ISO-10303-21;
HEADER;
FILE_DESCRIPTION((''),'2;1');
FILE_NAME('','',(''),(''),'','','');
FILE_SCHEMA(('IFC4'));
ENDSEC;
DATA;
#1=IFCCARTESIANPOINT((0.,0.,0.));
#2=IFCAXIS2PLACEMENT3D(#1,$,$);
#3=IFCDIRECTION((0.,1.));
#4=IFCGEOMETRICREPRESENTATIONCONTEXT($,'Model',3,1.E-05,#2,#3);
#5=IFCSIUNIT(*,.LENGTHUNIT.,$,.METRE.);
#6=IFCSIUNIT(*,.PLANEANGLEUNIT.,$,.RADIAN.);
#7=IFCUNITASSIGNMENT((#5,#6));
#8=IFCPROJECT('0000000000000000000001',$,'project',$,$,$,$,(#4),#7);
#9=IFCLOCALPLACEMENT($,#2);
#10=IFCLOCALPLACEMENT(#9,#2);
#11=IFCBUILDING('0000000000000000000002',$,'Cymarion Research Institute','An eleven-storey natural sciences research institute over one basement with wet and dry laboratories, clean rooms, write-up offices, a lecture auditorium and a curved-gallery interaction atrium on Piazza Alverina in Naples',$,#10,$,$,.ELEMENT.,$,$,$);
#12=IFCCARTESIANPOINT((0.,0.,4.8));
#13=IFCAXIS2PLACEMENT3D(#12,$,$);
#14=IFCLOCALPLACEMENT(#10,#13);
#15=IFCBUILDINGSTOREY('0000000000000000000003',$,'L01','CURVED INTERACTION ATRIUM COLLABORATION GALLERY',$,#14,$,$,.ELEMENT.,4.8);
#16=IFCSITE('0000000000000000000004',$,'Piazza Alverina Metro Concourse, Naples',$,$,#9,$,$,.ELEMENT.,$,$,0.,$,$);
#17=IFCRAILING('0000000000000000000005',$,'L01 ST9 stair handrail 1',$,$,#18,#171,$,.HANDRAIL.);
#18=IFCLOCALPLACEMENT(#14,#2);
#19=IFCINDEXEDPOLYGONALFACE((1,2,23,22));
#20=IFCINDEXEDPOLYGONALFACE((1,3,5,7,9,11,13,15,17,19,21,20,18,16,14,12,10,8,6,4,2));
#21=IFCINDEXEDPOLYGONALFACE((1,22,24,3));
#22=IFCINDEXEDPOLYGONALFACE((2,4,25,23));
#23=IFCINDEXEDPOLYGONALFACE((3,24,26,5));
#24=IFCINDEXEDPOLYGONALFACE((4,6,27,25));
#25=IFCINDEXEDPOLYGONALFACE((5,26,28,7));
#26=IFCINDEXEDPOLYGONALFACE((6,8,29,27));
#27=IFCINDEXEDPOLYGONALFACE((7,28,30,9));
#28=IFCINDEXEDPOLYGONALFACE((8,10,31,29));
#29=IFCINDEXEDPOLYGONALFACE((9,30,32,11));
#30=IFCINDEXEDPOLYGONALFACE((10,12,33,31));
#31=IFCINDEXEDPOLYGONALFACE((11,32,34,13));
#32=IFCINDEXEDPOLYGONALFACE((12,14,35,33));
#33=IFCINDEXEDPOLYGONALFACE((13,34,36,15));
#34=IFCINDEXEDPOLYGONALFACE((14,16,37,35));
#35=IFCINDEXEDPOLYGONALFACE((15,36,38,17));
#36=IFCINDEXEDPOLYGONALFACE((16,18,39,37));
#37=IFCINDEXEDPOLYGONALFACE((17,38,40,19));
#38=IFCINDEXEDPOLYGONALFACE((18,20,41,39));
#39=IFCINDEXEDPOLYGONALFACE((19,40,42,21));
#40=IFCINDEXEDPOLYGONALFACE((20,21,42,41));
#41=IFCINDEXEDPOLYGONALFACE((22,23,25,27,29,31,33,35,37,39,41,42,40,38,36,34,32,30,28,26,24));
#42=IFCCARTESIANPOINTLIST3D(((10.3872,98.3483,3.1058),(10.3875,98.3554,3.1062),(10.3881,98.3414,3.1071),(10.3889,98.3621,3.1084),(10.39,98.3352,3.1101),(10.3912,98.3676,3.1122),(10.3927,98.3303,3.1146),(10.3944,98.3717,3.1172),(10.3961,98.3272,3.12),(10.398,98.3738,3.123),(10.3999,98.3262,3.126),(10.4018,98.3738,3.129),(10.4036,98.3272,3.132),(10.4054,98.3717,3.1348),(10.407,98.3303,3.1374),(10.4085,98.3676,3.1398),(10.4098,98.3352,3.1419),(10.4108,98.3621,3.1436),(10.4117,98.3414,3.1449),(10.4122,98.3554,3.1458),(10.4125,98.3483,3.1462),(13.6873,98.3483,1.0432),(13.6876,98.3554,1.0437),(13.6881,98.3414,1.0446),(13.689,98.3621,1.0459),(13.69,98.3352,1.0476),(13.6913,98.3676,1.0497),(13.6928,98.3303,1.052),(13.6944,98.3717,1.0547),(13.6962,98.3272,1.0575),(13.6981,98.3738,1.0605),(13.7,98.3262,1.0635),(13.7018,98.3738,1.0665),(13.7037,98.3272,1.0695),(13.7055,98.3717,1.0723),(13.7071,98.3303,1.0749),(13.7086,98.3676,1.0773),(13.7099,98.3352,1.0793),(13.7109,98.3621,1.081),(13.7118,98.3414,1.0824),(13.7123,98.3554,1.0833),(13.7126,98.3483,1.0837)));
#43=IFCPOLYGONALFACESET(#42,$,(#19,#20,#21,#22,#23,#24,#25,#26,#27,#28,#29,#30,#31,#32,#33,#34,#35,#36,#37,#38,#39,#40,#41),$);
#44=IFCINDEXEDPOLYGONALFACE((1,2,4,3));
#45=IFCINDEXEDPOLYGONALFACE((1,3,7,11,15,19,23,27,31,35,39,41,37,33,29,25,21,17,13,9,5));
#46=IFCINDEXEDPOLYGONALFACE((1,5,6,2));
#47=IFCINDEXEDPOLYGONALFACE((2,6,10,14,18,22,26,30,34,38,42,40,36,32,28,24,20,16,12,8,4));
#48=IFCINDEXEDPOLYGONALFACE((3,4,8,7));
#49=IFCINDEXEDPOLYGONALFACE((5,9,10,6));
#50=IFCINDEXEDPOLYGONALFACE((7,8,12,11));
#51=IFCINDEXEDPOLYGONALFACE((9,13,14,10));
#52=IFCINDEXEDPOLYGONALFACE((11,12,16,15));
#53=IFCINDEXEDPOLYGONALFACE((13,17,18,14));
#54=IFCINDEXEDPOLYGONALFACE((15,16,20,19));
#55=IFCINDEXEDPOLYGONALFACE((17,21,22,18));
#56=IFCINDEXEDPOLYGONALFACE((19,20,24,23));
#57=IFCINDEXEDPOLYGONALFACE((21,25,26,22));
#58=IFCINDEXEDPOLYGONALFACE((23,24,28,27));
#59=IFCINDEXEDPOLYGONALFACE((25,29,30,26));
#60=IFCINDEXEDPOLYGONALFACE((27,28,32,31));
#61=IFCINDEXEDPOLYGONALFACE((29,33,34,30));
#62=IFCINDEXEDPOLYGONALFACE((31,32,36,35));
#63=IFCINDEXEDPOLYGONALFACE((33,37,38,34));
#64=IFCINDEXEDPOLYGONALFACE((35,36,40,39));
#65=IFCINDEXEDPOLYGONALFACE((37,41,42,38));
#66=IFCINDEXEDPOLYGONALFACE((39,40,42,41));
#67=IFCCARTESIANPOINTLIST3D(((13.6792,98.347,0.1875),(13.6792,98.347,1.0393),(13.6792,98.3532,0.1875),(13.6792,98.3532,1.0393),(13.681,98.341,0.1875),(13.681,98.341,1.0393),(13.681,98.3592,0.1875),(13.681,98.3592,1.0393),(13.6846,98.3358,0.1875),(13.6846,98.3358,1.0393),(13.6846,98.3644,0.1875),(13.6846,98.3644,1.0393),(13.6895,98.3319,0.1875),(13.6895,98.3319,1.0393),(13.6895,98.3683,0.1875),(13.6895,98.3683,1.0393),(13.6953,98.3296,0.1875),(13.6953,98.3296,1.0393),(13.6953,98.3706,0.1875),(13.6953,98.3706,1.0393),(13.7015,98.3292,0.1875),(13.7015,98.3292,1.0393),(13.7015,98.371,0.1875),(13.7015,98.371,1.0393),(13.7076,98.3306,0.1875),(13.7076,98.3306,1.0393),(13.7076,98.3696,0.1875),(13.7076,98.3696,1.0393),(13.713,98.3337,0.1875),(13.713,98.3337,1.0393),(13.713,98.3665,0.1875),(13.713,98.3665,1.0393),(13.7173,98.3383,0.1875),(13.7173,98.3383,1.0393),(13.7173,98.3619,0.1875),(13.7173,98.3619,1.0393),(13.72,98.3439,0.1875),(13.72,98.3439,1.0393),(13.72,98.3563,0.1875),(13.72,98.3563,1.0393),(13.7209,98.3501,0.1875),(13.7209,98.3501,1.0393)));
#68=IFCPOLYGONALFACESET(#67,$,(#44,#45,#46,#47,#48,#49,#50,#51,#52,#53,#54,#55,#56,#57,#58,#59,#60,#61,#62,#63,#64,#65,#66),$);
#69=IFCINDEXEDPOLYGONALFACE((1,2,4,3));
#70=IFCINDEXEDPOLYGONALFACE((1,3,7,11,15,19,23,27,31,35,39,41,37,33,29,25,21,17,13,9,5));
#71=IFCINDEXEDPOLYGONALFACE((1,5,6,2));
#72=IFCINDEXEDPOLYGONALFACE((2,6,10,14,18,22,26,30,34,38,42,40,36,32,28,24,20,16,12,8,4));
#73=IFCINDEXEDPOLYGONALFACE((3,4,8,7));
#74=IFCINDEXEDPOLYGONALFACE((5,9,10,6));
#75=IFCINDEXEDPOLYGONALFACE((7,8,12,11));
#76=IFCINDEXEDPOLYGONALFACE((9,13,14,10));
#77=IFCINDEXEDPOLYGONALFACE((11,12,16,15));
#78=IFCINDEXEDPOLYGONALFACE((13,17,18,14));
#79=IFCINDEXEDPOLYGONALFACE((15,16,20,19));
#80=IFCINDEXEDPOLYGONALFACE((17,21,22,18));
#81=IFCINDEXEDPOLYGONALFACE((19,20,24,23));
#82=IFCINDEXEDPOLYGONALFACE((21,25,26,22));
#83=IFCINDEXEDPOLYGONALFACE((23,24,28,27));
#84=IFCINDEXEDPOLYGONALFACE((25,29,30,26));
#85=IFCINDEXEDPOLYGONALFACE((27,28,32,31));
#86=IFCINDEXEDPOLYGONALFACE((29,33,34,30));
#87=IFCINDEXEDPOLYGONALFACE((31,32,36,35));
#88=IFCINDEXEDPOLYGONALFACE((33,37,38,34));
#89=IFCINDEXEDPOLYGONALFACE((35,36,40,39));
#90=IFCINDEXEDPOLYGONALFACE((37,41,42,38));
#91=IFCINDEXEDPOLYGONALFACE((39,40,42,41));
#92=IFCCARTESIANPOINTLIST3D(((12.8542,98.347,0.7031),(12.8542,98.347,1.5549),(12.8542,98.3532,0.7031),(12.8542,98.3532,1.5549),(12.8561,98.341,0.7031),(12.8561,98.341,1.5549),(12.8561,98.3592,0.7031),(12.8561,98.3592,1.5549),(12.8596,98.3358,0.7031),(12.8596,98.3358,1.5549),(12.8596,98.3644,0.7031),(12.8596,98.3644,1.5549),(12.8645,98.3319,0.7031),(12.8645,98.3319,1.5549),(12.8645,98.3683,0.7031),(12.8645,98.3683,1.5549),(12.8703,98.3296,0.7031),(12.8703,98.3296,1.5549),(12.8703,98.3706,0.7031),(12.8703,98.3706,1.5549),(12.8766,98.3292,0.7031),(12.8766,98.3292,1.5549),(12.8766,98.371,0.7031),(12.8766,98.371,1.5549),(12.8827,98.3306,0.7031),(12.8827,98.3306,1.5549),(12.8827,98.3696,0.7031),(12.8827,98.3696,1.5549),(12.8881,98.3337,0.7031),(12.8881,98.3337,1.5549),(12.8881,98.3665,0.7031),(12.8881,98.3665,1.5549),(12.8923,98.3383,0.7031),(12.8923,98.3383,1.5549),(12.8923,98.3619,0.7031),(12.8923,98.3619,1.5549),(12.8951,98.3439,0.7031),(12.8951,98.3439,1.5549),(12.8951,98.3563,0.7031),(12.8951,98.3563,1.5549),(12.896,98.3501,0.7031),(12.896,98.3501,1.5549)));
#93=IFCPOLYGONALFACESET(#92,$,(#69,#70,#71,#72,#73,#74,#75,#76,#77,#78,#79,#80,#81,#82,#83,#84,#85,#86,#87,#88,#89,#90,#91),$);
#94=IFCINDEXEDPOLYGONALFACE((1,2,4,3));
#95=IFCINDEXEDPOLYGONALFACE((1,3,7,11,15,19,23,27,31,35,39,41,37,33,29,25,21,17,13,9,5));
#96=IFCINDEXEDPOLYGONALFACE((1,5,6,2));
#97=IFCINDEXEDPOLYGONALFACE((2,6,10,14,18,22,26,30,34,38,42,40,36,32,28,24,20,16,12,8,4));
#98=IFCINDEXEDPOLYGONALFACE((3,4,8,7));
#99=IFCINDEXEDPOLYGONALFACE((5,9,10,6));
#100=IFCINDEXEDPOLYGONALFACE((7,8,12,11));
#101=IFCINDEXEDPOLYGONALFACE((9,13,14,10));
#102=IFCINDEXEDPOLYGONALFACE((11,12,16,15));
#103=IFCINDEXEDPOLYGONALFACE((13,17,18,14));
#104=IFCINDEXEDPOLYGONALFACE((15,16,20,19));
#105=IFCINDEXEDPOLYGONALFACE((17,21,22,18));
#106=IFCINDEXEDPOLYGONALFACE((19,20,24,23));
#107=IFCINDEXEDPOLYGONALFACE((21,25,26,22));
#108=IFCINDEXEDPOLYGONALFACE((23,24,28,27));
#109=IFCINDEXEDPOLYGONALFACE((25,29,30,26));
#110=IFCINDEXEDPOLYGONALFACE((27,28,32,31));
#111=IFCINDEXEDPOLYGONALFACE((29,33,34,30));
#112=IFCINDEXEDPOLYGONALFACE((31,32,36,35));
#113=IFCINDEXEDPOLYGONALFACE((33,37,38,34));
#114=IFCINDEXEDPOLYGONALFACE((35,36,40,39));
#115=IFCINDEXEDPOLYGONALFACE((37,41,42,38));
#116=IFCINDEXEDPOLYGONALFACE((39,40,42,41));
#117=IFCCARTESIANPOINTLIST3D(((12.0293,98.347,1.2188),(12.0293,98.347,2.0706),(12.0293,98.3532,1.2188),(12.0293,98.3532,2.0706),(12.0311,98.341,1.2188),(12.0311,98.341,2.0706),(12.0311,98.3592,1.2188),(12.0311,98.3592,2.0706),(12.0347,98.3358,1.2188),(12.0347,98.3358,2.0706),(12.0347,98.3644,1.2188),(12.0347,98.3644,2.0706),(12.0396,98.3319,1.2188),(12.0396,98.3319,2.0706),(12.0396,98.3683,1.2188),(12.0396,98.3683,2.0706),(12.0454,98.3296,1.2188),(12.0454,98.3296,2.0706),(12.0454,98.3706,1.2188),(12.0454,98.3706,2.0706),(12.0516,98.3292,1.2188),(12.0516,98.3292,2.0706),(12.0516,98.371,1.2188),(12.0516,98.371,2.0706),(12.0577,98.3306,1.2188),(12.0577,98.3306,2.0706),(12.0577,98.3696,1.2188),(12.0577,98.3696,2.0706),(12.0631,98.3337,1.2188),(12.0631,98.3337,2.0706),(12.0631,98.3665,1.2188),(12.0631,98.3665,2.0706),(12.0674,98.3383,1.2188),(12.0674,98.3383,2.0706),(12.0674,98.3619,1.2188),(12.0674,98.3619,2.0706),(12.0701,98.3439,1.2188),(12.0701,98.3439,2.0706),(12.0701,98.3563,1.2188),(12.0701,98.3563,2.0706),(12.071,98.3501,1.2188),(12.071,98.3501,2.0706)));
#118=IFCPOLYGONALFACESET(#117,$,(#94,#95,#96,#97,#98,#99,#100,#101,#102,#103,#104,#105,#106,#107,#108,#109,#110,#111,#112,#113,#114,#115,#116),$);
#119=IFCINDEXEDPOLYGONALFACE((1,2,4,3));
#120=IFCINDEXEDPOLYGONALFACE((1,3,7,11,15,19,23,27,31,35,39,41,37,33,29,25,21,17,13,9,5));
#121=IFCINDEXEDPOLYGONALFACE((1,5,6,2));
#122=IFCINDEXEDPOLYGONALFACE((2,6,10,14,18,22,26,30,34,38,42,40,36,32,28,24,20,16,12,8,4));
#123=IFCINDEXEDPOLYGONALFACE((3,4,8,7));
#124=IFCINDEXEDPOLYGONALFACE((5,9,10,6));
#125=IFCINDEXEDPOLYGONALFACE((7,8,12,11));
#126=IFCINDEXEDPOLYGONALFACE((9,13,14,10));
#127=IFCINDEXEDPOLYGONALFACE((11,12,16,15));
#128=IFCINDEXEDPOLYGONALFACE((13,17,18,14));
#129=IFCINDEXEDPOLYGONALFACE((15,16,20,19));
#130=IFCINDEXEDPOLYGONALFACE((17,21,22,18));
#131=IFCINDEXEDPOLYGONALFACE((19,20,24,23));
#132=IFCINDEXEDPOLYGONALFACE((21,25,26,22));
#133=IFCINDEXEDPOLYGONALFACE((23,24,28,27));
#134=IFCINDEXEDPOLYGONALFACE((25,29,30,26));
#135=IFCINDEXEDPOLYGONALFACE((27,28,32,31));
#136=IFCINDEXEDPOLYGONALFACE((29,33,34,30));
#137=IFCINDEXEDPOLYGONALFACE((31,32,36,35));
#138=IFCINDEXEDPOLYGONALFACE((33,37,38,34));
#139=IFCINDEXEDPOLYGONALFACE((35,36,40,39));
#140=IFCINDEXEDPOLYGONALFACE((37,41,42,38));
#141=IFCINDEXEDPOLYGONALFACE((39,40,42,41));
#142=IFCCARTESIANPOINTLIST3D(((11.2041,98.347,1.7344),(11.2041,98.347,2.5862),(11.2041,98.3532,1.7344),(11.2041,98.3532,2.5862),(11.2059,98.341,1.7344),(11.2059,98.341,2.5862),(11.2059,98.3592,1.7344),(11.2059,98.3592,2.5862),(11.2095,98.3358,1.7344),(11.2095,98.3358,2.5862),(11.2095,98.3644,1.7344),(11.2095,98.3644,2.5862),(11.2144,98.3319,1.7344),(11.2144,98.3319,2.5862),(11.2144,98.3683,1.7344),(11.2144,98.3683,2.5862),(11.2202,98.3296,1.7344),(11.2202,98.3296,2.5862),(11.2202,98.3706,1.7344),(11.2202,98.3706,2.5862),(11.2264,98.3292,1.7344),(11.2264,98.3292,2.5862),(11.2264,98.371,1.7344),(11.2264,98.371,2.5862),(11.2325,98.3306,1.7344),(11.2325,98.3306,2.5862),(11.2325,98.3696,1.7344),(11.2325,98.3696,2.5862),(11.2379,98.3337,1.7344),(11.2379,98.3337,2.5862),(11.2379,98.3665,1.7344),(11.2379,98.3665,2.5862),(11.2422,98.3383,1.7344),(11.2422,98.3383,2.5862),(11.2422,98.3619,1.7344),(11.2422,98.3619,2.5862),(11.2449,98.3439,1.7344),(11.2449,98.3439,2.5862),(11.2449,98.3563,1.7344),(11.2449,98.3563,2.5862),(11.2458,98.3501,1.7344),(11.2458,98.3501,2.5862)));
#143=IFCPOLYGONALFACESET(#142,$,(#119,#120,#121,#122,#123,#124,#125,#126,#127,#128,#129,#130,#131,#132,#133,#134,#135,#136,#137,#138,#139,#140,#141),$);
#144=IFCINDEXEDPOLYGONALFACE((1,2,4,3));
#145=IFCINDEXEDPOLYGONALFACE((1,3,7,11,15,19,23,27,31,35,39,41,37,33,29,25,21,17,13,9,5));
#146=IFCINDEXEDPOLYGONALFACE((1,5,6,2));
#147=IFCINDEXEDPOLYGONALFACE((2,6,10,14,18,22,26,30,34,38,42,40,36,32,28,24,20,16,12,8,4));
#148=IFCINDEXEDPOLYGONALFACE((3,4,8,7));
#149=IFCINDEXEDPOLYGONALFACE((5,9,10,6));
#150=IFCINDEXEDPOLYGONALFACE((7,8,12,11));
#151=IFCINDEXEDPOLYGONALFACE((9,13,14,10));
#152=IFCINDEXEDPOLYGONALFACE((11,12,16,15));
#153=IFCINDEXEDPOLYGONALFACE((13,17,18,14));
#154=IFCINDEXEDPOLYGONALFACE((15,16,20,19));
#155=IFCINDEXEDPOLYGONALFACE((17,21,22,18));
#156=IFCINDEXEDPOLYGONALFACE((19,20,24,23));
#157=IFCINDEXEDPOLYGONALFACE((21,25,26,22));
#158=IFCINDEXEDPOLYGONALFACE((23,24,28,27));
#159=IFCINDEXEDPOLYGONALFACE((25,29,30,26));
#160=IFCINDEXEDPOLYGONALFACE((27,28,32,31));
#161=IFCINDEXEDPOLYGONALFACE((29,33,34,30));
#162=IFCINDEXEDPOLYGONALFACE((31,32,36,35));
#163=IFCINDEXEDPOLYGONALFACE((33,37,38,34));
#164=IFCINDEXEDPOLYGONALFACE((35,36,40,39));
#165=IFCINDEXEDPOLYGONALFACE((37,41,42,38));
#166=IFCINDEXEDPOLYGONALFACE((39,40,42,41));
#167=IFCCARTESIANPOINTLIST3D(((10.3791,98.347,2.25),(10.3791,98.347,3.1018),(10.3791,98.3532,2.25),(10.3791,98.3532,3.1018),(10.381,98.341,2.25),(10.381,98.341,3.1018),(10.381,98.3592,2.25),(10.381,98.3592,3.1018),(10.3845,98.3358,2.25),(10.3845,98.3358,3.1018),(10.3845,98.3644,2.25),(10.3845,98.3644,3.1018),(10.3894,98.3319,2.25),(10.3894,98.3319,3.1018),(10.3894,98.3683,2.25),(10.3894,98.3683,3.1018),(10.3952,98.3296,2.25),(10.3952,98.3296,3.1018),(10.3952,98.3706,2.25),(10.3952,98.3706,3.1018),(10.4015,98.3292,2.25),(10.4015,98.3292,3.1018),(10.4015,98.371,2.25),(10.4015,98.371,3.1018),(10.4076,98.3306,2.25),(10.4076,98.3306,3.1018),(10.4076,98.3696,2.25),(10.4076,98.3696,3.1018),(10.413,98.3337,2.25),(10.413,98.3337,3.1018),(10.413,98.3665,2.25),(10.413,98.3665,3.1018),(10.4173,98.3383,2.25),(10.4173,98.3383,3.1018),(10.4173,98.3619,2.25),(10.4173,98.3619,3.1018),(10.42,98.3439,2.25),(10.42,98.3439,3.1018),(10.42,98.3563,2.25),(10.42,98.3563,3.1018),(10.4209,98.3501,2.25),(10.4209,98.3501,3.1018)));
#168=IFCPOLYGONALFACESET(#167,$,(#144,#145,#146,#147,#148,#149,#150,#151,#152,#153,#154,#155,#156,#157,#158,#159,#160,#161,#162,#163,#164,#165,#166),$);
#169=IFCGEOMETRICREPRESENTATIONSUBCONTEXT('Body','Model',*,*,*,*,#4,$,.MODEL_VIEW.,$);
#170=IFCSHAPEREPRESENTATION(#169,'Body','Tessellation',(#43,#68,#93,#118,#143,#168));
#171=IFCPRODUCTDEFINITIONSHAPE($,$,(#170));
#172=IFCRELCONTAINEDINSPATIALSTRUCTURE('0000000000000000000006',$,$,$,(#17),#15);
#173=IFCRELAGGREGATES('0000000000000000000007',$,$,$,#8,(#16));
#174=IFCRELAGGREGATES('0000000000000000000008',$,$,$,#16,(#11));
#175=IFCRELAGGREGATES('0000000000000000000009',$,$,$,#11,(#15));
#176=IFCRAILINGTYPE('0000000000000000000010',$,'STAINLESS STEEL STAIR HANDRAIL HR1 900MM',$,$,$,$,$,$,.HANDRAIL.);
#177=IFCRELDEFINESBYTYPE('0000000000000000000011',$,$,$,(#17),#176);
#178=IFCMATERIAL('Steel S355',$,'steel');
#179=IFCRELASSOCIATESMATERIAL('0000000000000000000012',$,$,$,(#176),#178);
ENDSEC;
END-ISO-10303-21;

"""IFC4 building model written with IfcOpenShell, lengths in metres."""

from ifc_helpers import new_model, si_unit, direction, frame, origin, origin_2d, place, context, subcontext, project, spatial, circle, extrude, material, type_object, element, save


model = new_model("IFC4")

# Units and contexts
model_context = context("Model", 3, precision=1e-05, world=origin(), true_north=direction((0.0, 1.0)))
body_context = subcontext(model_context, "Body", "Model", "MODEL_VIEW")
ifc_project = project(units=[si_unit("LENGTHUNIT", "METRE"), si_unit("PLANEANGLEUNIT", "RADIAN")], contexts=[model_context])

# Site, building, storey
site_placement = place(None, origin())
site = spatial("IfcSite", under=ifc_project, at=site_placement, Name="Piazza Alverina Metro Concourse, Naples", CompositionType="ELEMENT", RefElevation=0.0)
building_placement = place(site_placement, origin())
building = spatial("IfcBuilding", under=site, at=building_placement, Name="Cymarion Research Institute", Description="An eleven-storey natural sciences research institute over one basement with wet and dry laboratories, clean rooms, write-up offices, a lecture auditorium and a curved-gallery interaction atrium on Piazza Alverina in Naples", CompositionType="ELEMENT")
storey_placement = place(building_placement, frame((0.0, 0.0, 4.8)))
storey = spatial("IfcBuildingStorey", under=building, at=storey_placement, Name="L01", Description="CURVED INTERACTION ATRIUM COLLABORATION GALLERY", CompositionType="ELEMENT", Elevation=4.8)

# Shared definitions
ifc_material_1 = material(Name="Steel S355", Category="steel")

# Railing
railing_type_1 = type_object("IfcRailingType", Name="STAINLESS STEEL STAIR HANDRAIL HR1 900MM", PredefinedType="HANDRAIL", material=ifc_material_1)
railing_1_placement = place(storey_placement, frame((13.7, 98.3501, 0.1875)))
element("IfcRailing", 1, at=railing_1_placement, inside=storey, type_object=railing_type_1, Name="L01 ST9 stair handrail 1", PredefinedType="HANDRAIL", context=body_context, shape_type="SweptSolid", body=[
    extrude(circle(Radius=0.0239, at=origin_2d()), frame((0.0, 0.0, 0.876), z_axis=(-0.848002, 0.0, 0.529993), x_axis=(0.0, -1.0, 0.0)), (0.0, 0.0, 1.0), 3.8916),
    extrude(circle(Radius=0.021, at=origin_2d()), origin(), (0.0, 0.0, 1.0), 0.8518),
    extrude(circle(Radius=0.021, at=origin_2d()), frame((-0.825, 0.0, 0.5156)), (0.0, 0.0, 1.0), 0.8518),
    extrude(circle(Radius=0.021, at=origin_2d()), frame((-1.6499, 0.0, 1.0312)), (0.0, 0.0, 1.0), 0.8518),
    extrude(circle(Radius=0.021, at=origin_2d()), frame((-2.4751, 0.0, 1.5469)), (0.0, 0.0, 1.0), 0.8518),
    extrude(circle(Radius=0.021, at=origin_2d()), frame((-3.3, 0.0, 2.0625)), (0.0, 0.0, 1.0), 0.8518),
])

save(model, "model.ifc")
